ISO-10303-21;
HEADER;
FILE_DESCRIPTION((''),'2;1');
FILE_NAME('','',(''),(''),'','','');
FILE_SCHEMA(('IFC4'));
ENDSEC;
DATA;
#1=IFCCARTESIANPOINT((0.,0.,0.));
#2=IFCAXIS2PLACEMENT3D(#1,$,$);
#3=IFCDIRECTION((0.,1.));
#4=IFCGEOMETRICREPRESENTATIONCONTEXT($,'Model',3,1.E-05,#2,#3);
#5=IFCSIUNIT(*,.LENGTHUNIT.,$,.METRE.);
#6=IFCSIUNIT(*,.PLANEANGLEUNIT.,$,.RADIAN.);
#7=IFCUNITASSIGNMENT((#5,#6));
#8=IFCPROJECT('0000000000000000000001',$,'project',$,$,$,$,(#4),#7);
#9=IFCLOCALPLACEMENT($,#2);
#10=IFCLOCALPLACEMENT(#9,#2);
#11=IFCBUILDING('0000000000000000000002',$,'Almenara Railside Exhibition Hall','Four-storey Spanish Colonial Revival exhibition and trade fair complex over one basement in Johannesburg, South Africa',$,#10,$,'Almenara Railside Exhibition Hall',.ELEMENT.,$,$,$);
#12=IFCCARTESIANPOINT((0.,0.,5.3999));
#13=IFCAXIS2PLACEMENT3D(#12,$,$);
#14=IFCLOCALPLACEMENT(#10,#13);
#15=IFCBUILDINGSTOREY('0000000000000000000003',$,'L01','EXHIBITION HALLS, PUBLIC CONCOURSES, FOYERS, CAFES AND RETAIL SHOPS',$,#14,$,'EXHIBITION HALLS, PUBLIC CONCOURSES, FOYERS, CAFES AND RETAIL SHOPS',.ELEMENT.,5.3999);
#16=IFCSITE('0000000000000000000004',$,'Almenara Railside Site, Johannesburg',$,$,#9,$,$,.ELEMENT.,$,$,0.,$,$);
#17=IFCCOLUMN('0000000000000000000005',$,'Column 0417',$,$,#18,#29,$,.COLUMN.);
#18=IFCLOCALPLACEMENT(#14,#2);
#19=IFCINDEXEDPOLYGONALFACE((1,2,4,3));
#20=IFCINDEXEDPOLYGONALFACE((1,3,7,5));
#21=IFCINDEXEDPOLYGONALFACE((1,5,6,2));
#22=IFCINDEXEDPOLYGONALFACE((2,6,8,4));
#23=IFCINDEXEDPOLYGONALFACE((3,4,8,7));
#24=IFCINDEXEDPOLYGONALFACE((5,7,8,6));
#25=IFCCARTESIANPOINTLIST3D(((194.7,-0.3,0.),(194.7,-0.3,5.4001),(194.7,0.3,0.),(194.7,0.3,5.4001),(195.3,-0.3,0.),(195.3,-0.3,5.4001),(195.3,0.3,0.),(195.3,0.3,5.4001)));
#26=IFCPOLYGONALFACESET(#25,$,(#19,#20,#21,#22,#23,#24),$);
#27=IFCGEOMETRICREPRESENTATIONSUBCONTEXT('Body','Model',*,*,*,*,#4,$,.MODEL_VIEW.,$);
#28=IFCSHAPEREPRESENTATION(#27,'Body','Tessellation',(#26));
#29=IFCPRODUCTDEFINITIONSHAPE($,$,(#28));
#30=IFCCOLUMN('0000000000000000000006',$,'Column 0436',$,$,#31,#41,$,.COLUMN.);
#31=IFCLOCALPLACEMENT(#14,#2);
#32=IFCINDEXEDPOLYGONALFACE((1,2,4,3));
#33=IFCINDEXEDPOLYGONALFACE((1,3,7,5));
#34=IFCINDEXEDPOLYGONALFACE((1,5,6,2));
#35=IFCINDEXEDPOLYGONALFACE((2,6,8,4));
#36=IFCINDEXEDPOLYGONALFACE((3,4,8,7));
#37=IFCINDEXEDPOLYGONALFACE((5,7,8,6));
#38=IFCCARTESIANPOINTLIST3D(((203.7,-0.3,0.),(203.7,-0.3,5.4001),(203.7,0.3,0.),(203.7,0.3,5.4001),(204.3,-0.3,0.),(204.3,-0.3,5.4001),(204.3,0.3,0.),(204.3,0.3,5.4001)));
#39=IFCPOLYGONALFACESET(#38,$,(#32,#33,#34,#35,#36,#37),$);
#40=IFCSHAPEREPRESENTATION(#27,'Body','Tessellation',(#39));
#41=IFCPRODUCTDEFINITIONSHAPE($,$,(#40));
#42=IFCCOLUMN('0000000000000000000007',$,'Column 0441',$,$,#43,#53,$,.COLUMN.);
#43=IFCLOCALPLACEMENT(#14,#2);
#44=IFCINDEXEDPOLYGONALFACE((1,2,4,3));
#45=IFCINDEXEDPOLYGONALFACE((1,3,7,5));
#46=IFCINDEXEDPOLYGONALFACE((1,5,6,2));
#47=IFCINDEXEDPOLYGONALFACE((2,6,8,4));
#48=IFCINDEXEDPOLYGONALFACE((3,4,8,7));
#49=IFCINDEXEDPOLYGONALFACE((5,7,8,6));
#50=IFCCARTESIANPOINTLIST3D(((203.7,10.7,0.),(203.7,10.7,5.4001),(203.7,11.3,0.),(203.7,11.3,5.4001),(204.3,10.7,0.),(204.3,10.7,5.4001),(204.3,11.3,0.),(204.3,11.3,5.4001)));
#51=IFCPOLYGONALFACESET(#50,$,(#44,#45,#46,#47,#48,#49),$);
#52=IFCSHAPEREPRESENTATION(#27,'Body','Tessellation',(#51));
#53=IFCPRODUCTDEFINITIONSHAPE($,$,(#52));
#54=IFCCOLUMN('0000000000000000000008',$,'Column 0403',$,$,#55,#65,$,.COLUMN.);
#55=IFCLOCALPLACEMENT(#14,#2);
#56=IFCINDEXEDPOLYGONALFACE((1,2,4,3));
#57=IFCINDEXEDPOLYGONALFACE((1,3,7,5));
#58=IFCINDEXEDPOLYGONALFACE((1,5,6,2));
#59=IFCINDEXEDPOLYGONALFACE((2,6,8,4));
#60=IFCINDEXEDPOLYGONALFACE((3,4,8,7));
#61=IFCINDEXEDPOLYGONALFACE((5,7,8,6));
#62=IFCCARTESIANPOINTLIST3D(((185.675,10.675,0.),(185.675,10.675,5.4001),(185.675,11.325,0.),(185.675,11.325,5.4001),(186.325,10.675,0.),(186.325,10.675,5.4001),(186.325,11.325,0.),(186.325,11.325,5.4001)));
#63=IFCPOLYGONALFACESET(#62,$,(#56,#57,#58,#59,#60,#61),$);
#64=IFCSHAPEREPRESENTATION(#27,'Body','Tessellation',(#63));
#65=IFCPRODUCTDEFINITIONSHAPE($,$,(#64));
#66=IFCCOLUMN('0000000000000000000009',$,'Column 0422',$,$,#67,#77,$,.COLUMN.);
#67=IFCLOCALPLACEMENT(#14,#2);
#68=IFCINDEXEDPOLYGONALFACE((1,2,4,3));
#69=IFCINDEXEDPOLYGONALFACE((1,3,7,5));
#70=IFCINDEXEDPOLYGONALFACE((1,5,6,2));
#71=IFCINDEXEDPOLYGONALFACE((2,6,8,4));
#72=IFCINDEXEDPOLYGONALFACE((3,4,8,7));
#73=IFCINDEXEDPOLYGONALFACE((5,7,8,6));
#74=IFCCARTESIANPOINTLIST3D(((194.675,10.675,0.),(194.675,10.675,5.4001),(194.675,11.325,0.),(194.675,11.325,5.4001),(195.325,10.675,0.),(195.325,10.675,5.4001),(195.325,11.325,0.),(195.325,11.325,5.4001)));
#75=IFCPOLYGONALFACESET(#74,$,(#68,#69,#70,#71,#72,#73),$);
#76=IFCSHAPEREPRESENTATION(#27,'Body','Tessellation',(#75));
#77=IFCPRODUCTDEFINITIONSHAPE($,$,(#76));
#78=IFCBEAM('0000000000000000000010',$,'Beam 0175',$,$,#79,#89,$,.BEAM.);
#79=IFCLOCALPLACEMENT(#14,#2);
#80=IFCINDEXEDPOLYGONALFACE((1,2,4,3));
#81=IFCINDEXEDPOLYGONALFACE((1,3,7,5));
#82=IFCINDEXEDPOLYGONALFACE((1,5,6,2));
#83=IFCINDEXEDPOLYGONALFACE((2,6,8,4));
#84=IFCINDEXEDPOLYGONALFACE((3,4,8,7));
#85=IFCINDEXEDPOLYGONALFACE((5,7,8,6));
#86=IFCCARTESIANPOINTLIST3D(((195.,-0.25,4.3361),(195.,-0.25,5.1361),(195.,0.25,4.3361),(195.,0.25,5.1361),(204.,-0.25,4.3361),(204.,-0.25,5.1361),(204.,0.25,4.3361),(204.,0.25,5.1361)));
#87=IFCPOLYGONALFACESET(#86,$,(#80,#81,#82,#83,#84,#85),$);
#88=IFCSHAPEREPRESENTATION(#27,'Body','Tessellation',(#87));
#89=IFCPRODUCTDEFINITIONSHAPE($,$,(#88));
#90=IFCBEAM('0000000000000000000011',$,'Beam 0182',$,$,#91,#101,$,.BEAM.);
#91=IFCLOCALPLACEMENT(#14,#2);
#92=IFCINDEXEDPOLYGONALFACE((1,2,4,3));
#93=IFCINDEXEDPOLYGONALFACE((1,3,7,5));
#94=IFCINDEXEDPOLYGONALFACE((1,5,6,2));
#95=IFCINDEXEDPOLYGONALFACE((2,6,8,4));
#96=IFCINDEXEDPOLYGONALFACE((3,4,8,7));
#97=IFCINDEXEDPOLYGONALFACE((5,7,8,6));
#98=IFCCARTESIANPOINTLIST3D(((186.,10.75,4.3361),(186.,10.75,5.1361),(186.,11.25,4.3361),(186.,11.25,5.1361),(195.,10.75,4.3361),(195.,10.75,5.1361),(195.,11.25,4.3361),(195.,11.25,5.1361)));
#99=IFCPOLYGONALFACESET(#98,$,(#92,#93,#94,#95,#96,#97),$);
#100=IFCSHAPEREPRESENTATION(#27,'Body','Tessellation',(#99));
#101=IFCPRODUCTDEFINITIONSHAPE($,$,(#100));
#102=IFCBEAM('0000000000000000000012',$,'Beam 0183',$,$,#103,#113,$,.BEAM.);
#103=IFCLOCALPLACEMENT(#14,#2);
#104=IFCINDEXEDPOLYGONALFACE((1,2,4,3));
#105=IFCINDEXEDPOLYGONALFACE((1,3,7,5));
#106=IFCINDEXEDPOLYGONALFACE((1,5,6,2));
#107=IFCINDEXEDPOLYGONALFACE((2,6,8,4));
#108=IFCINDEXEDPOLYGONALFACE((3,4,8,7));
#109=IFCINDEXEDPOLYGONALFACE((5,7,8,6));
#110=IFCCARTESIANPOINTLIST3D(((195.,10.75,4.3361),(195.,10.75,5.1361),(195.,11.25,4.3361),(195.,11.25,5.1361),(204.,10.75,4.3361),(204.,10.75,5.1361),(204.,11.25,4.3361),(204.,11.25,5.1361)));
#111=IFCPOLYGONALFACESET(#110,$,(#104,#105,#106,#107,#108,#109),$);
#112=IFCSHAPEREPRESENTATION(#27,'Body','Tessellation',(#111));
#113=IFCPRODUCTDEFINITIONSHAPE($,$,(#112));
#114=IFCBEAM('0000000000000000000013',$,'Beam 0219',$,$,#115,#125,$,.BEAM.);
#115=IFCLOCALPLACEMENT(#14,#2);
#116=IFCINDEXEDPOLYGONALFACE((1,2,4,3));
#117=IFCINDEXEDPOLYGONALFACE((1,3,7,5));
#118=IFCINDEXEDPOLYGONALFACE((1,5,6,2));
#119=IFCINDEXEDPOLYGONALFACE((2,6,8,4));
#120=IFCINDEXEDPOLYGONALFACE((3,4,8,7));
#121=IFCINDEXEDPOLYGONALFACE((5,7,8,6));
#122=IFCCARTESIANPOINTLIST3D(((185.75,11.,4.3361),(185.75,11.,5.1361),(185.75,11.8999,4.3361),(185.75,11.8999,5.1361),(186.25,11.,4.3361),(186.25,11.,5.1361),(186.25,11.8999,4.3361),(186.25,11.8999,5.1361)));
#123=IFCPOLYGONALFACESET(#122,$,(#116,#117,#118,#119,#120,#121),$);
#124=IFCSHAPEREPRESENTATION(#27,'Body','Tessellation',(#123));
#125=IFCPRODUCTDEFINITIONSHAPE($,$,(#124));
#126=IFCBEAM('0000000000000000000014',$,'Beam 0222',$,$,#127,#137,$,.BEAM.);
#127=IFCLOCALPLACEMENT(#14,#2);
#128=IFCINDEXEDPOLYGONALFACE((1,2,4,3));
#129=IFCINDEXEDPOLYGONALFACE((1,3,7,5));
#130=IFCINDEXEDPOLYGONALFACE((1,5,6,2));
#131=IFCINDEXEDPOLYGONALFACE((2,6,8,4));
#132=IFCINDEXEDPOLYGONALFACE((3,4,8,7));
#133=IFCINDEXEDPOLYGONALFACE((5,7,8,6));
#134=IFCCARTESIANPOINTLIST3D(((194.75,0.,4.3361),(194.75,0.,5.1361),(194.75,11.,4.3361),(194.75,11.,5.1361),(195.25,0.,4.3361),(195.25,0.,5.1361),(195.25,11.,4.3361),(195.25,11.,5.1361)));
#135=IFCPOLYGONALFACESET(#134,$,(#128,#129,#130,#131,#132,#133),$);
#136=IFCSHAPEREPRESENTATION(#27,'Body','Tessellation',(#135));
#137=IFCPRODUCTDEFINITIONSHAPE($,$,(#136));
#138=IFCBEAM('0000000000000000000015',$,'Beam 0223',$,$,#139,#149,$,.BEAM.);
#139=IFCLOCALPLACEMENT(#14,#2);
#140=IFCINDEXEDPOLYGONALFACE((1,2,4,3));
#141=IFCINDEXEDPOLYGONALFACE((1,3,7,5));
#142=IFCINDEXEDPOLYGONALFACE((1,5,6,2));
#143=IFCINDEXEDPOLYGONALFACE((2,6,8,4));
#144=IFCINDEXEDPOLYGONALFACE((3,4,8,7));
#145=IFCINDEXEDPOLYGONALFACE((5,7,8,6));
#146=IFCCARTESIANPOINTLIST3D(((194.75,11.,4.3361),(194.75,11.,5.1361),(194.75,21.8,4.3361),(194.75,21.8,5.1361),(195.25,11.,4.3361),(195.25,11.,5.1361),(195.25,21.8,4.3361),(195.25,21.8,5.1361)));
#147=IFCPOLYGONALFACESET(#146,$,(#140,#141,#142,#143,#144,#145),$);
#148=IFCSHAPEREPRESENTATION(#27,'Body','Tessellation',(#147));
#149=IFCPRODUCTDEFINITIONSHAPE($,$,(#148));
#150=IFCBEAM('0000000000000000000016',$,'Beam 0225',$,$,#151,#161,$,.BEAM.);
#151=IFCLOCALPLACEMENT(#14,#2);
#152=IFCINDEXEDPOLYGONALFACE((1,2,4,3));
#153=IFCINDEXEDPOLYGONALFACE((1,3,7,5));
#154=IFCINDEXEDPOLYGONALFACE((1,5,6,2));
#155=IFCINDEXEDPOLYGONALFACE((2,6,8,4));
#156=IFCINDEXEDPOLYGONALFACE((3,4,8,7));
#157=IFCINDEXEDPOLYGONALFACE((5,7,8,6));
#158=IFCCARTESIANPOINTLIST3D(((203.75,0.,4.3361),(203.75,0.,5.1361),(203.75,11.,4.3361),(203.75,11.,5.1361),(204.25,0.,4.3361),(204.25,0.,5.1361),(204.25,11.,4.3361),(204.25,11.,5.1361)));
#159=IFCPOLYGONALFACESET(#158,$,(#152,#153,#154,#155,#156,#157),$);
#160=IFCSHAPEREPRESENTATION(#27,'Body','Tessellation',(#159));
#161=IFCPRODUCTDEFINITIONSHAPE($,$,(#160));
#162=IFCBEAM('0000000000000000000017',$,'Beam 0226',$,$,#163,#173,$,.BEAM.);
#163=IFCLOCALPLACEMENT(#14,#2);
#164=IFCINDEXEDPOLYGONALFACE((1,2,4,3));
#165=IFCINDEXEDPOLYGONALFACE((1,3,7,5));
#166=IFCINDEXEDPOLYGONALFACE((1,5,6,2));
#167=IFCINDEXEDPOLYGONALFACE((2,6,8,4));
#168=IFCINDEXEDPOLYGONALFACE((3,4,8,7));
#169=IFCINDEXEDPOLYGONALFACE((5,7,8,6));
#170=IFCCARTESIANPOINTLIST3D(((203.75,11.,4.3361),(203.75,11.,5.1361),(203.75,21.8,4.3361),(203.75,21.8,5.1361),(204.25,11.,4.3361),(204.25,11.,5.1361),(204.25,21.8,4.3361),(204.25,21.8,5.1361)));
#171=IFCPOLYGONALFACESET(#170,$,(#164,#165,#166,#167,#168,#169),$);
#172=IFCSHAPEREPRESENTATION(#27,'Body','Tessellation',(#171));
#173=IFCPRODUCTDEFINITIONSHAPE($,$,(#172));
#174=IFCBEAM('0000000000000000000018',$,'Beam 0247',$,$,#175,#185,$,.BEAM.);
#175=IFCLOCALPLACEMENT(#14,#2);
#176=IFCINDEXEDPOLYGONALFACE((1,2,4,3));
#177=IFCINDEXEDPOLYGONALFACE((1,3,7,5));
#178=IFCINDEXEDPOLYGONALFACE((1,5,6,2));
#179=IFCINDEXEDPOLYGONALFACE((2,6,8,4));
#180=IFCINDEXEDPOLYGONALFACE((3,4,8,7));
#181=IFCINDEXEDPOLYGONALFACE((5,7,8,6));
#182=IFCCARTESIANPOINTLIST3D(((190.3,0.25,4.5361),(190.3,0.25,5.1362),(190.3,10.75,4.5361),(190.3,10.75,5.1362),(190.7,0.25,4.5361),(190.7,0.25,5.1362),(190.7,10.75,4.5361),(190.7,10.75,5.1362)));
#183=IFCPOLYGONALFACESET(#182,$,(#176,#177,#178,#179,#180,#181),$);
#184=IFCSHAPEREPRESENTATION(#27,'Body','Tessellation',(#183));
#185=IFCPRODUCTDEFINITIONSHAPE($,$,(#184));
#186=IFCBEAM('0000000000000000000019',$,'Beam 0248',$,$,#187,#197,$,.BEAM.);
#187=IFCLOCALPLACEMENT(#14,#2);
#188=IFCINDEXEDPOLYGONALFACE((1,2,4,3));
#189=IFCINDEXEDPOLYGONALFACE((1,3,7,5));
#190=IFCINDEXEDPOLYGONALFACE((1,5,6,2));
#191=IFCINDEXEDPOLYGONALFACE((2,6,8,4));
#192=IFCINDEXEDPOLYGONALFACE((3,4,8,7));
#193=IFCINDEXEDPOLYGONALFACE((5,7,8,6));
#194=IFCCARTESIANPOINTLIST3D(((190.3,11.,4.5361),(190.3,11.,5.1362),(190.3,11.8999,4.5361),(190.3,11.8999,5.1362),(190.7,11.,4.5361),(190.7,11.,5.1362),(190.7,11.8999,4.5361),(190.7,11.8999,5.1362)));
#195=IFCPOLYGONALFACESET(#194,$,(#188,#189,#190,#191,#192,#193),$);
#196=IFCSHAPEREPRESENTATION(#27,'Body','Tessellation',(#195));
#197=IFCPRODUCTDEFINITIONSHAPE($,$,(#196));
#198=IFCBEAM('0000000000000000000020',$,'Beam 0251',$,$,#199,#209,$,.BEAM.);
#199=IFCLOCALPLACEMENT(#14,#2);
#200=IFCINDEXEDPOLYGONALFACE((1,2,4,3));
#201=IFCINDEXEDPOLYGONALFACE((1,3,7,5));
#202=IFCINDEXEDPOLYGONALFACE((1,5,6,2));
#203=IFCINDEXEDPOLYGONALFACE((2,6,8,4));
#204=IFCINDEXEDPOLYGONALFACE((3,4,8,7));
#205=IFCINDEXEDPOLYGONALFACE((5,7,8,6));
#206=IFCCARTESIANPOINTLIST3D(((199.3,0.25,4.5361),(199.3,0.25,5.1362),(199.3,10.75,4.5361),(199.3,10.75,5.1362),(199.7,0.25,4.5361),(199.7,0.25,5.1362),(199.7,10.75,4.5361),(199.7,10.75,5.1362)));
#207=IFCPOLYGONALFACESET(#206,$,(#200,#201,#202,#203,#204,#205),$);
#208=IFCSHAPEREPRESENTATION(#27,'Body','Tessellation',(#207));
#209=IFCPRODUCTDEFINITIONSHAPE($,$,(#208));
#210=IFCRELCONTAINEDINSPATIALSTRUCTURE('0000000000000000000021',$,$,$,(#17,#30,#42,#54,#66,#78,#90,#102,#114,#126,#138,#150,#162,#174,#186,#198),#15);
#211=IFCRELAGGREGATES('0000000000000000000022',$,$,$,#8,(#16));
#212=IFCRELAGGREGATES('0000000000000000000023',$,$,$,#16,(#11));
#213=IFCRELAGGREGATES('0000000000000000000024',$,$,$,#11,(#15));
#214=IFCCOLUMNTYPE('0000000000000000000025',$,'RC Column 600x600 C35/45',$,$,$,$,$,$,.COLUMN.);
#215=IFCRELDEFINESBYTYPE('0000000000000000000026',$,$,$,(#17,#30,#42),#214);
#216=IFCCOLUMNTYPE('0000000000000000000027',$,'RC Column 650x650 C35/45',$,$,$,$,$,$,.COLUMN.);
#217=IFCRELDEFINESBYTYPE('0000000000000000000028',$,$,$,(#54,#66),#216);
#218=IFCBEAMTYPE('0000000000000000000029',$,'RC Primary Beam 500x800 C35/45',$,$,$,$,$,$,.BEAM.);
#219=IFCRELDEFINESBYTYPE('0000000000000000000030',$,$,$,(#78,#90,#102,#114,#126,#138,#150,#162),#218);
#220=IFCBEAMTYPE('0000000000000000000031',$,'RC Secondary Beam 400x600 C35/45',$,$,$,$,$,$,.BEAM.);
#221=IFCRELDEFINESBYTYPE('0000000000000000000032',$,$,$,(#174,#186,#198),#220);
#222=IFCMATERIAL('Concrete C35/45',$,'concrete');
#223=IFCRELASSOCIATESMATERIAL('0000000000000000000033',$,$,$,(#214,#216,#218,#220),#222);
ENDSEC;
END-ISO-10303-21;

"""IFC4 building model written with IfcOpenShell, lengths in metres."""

from ifc_helpers import new_model, si_unit, direction, frame, origin, origin_2d, place, context, subcontext, project, spatial, rectangle, extrude, material, material_profile, profile_set, type_object, element, save


model = new_model("IFC4")

# Units and contexts
model_context = context("Model", 3, precision=1e-05, world=origin(), true_north=direction((0.0, 1.0)))
body_context = subcontext(model_context, "Body", "Model", "MODEL_VIEW")
ifc_project = project(units=[si_unit("LENGTHUNIT", "METRE"), si_unit("PLANEANGLEUNIT", "RADIAN")], contexts=[model_context])

# Site, building, storey
site_placement = place(None, origin())
site = spatial("IfcSite", under=ifc_project, at=site_placement, Name="Almenara Railside Site, Johannesburg", CompositionType="ELEMENT", RefElevation=0.0)
building_placement = place(site_placement, origin())
building = spatial("IfcBuilding", under=site, at=building_placement, Name="Almenara Railside Exhibition Hall", Description="Four-storey Spanish Colonial Revival exhibition and trade fair complex over one basement in Johannesburg, South Africa", LongName="Almenara Railside Exhibition Hall", CompositionType="ELEMENT")
storey_placement = place(building_placement, frame((0.0, 0.0, 5.3999)))
storey = spatial("IfcBuildingStorey", under=building, at=storey_placement, Name="L01", Description="EXHIBITION HALLS, PUBLIC CONCOURSES, FOYERS, CAFES AND RETAIL SHOPS", LongName="EXHIBITION HALLS, PUBLIC CONCOURSES, FOYERS, CAFES AND RETAIL SHOPS", CompositionType="ELEMENT", Elevation=5.3999)

# Columns
ifc_material_1 = material(Name="Concrete C35/45", Category="concrete")
ifc_material_profile_1 = material_profile(ifc_material_1, rectangle(XDim=0.6001, YDim=0.6001, at=origin_2d()), Name="RC 600x600")
ifc_profile_set_1 = profile_set([ifc_material_profile_1], Name="Concrete C35/45")
column_type_1 = type_object("IfcColumnType", Name="RC Column 600x600 C35/45", PredefinedType="COLUMN", material=ifc_profile_set_1)
for number, where, z_axis, x_axis, name in (
    (1, (195.0, 0.0, 0.0), (0.0, 0.0, 1.0), (1.0, 0.0, 0.0), "Column 0417"),
    (2, (204.0, 0.0, 0.0), (0.0, 0.0, 1.0), (1.0, 0.0, 0.0), "Column 0436"),
    (3, (204.0, 11.0, 0.0), (0.0, 0.0, 1.0), (1.0, 0.0, 0.0), "Column 0441"),
):
    element("IfcColumn", number, at=place(storey_placement, frame(where, z_axis=z_axis, x_axis=x_axis)), inside=storey, type_object=column_type_1, Name=name, PredefinedType="COLUMN", context=body_context, shape_type="SweptSolid", body=[
        extrude(rectangle(XDim=0.6001, YDim=0.6001, at=origin_2d()), origin(), (0.0, 0.0, 1.0), 5.4001),
    ])
ifc_material_profile_2 = material_profile(ifc_material_1, rectangle(XDim=0.6499, YDim=0.6499, at=origin_2d()), Name="RC 650x650")
ifc_profile_set_2 = profile_set([ifc_material_profile_2], Name="Concrete C35/45")
column_type_2 = type_object("IfcColumnType", Name="RC Column 650x650 C35/45", PredefinedType="COLUMN", material=ifc_profile_set_2)
for number, where, z_axis, x_axis, name in (
    (4, (186.0, 11.0, 0.0), (0.0, 0.0, 1.0), (1.0, 0.0, 0.0), "Column 0403"),
    (5, (195.0, 11.0, 0.0), (0.0, 0.0, 1.0), (1.0, 0.0, 0.0), "Column 0422"),
):
    element("IfcColumn", number, at=place(storey_placement, frame(where, z_axis=z_axis, x_axis=x_axis)), inside=storey, type_object=column_type_2, Name=name, PredefinedType="COLUMN", context=body_context, shape_type="SweptSolid", body=[
        extrude(rectangle(XDim=0.6499, YDim=0.6499, at=origin_2d()), origin(), (0.0, 0.0, 1.0), 5.4001),
    ])

# Beams
ifc_material_profile_3 = material_profile(ifc_material_1, rectangle(XDim=0.5, YDim=0.8, at=origin_2d()), Name="RC 500x800")
ifc_profile_set_3 = profile_set([ifc_material_profile_3], Name="Concrete C35/45")
beam_type_1 = type_object("IfcBeamType", Name="RC Primary Beam 500x800 C35/45", PredefinedType="BEAM", material=ifc_profile_set_3)
for number, where, z_axis, x_axis, name in (
    (6, (195.0, 0.0, 4.7361), (1.0, 0.0, 0.0), (0.0, 1.0, 0.0), "Beam 0175"),
    (7, (186.0, 11.0, 4.7361), (1.0, 0.0, 0.0), (0.0, 1.0, 0.0), "Beam 0182"),
    (8, (195.0, 11.0, 4.7361), (1.0, 0.0, 0.0), (0.0, 1.0, 0.0), "Beam 0183"),
):
    element("IfcBeam", number, at=place(storey_placement, frame(where, z_axis=z_axis, x_axis=x_axis)), inside=storey, type_object=beam_type_1, Name=name, PredefinedType="BEAM", context=body_context, shape_type="SweptSolid", body=[
        extrude(rectangle(XDim=0.5, YDim=0.8, at=origin_2d()), origin(), (0.0, 0.0, 1.0), 9.0),
    ])
beam_1_placement = place(storey_placement, frame((186.0, 11.0, 4.7361), z_axis=(0.0, 1.0, 0.0), x_axis=(-1.0, 0.0, 0.0)))
element("IfcBeam", 9, at=beam_1_placement, inside=storey, type_object=beam_type_1, Name="Beam 0219", PredefinedType="BEAM", context=body_context, shape_type="SweptSolid", body=[
    extrude(rectangle(XDim=0.5, YDim=0.8, at=origin_2d()), origin(), (0.0, 0.0, 1.0), 0.8999),
])
beam_2_placement = place(storey_placement, frame((195.0, 0.0, 4.7361), z_axis=(0.0, 1.0, 0.0), x_axis=(-1.0, 0.0, 0.0)))
element("IfcBeam", 10, at=beam_2_placement, inside=storey, type_object=beam_type_1, Name="Beam 0222", PredefinedType="BEAM", context=body_context, shape_type="SweptSolid", body=[
    extrude(rectangle(XDim=0.5, YDim=0.8, at=origin_2d()), origin(), (0.0, 0.0, 1.0), 11.0),
])
beam_3_placement = place(storey_placement, frame((195.0, 11.0, 4.7361), z_axis=(0.0, 1.0, 0.0), x_axis=(-1.0, 0.0, 0.0)))
element("IfcBeam", 11, at=beam_3_placement, inside=storey, type_object=beam_type_1, Name="Beam 0223", PredefinedType="BEAM", context=body_context, shape_type="SweptSolid", body=[
    extrude(rectangle(XDim=0.5, YDim=0.8, at=origin_2d()), origin(), (0.0, 0.0, 1.0), 10.8),
])
beam_4_placement = place(storey_placement, frame((204.0, 0.0, 4.7361), z_axis=(0.0, 1.0, 0.0), x_axis=(-1.0, 0.0, 0.0)))
element("IfcBeam", 12, at=beam_4_placement, inside=storey, type_object=beam_type_1, Name="Beam 0225", PredefinedType="BEAM", context=body_context, shape_type="SweptSolid", body=[
    extrude(rectangle(XDim=0.5, YDim=0.8, at=origin_2d()), origin(), (0.0, 0.0, 1.0), 11.0),
])
beam_5_placement = place(storey_placement, frame((204.0, 11.0, 4.7361), z_axis=(0.0, 1.0, 0.0), x_axis=(-1.0, 0.0, 0.0)))
element("IfcBeam", 13, at=beam_5_placement, inside=storey, type_object=beam_type_1, Name="Beam 0226", PredefinedType="BEAM", context=body_context, shape_type="SweptSolid", body=[
    extrude(rectangle(XDim=0.5, YDim=0.8, at=origin_2d()), origin(), (0.0, 0.0, 1.0), 10.8),
])
ifc_material_profile_4 = material_profile(ifc_material_1, rectangle(XDim=0.3999, YDim=0.6001, at=origin_2d()), Name="RC 400x600")
ifc_profile_set_4 = profile_set([ifc_material_profile_4], Name="Concrete C35/45")
beam_type_2 = type_object("IfcBeamType", Name="RC Secondary Beam 400x600 C35/45", PredefinedType="BEAM", material=ifc_profile_set_4)
beam_6_placement = place(storey_placement, frame((190.5, 0.25, 4.8362), z_axis=(0.0, 1.0, 0.0), x_axis=(-1.0, 0.0, 0.0)))
element("IfcBeam", 14, at=beam_6_placement, inside=storey, type_object=beam_type_2, Name="Beam 0247", PredefinedType="BEAM", context=body_context, shape_type="SweptSolid", body=[
    extrude(rectangle(XDim=0.3999, YDim=0.6001, at=origin_2d()), origin(), (0.0, 0.0, 1.0), 10.5),
])
beam_7_placement = place(storey_placement, frame((190.5, 11.0, 4.8362), z_axis=(0.0, 1.0, 0.0), x_axis=(-1.0, 0.0, 0.0)))
element("IfcBeam", 15, at=beam_7_placement, inside=storey, type_object=beam_type_2, Name="Beam 0248", PredefinedType="BEAM", context=body_context, shape_type="SweptSolid", body=[
    extrude(rectangle(XDim=0.3999, YDim=0.6001, at=origin_2d()), origin(), (0.0, 0.0, 1.0), 0.8999),
])
beam_8_placement = place(storey_placement, frame((199.5, 0.25, 4.8362), z_axis=(0.0, 1.0, 0.0), x_axis=(-1.0, 0.0, 0.0)))
element("IfcBeam", 16, at=beam_8_placement, inside=storey, type_object=beam_type_2, Name="Beam 0251", PredefinedType="BEAM", context=body_context, shape_type="SweptSolid", body=[
    extrude(rectangle(XDim=0.3999, YDim=0.6001, at=origin_2d()), origin(), (0.0, 0.0, 1.0), 10.5),
])

save(model, "model.ifc")
